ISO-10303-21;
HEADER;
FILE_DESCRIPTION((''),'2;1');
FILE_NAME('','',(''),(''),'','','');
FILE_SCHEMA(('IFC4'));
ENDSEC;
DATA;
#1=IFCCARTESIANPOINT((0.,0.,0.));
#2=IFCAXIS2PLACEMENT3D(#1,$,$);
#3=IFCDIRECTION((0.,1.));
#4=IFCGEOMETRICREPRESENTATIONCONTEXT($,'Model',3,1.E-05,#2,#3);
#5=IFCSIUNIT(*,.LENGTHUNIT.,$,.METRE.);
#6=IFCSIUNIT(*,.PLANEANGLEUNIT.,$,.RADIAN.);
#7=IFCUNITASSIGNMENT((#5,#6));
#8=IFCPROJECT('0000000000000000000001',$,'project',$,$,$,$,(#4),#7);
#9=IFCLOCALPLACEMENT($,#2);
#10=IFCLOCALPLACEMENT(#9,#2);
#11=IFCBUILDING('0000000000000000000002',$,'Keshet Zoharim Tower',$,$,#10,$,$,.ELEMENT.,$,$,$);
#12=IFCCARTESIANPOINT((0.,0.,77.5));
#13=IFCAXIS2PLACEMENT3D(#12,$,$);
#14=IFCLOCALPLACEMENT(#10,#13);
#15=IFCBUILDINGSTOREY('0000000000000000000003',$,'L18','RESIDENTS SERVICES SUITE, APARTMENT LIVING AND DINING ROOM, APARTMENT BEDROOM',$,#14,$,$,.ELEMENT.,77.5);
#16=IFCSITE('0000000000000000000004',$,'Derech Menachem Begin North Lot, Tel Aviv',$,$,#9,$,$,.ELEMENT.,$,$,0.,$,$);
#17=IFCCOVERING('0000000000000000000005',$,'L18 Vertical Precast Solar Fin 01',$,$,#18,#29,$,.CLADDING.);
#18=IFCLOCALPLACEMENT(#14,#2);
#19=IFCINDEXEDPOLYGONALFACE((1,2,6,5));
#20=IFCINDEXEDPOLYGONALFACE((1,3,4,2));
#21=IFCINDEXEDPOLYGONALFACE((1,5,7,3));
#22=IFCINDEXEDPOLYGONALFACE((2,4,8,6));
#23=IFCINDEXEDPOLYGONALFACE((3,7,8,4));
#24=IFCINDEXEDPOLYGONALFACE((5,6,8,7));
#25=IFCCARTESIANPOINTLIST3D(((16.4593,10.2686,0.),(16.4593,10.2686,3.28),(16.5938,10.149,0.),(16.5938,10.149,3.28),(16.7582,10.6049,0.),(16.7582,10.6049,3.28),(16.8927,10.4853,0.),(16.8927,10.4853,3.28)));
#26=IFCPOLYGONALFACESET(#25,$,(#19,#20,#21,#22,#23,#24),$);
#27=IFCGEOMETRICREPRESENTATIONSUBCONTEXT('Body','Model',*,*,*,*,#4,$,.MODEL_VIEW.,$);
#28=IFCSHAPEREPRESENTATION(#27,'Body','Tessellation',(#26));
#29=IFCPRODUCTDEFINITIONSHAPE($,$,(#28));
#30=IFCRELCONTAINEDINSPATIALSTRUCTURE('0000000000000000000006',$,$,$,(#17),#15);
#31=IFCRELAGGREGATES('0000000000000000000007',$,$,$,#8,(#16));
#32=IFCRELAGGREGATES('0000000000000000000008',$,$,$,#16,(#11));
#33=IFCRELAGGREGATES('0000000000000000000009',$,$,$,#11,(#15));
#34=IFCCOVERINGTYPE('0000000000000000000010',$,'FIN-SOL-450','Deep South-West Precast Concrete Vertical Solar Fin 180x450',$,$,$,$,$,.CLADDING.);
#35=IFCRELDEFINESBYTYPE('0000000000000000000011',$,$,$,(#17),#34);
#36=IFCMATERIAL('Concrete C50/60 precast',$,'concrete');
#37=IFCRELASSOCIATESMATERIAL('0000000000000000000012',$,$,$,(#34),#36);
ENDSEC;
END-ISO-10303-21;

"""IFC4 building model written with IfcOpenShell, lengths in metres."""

from ifc_helpers import new_model, si_unit, direction, frame, origin, origin_2d, place, context, subcontext, project, spatial, rectangle, extrude, material, type_object, element, save


model = new_model("IFC4")

# Units and contexts
model_context = context("Model", 3, precision=1e-05, world=origin(), true_north=direction((0.0, 1.0)))
body_context = subcontext(model_context, "Body", "Model", "MODEL_VIEW")
ifc_project = project(units=[si_unit("LENGTHUNIT", "METRE"), si_unit("PLANEANGLEUNIT", "RADIAN")], contexts=[model_context])

# Site, building, storey
site_placement = place(None, origin())
site = spatial("IfcSite", under=ifc_project, at=site_placement, Name="Derech Menachem Begin North Lot, Tel Aviv", CompositionType="ELEMENT", RefElevation=0.0)
building_placement = place(site_placement, origin())
building = spatial("IfcBuilding", under=site, at=building_placement, Name="Keshet Zoharim Tower", CompositionType="ELEMENT")
storey_placement = place(building_placement, frame((0.0, 0.0, 77.5)))
storey = spatial("IfcBuildingStorey", under=building, at=storey_placement, Name="L18", Description="RESIDENTS SERVICES SUITE, APARTMENT LIVING AND DINING ROOM, APARTMENT BEDROOM", CompositionType="ELEMENT", Elevation=77.5)

# Covering
ifc_material_1 = material(Name="Concrete C50/60 precast", Category="concrete")
covering_type = type_object("IfcCoveringType", Name="FIN-SOL-450", Description="Deep South-West Precast Concrete Vertical Solar Fin 180x450", PredefinedType="CLADDING", material=ifc_material_1)
covering_placement = place(storey_placement, frame((16.676, 10.377, 0.0), z_axis=(0.0, 0.0, 1.0), x_axis=(-0.747409, 0.664364, 0.0)))
element("IfcCovering", 1, at=covering_placement, inside=storey, type_object=covering_type, Name="L18 Vertical Precast Solar Fin 01", PredefinedType="CLADDING", context=body_context, shape_type="SweptSolid", body=[
    extrude(rectangle(XDim=0.1799, YDim=0.45, at=origin_2d()), origin(), (0.0, 0.0, 1.0), 3.28),
])

save(model, "model.ifc")
